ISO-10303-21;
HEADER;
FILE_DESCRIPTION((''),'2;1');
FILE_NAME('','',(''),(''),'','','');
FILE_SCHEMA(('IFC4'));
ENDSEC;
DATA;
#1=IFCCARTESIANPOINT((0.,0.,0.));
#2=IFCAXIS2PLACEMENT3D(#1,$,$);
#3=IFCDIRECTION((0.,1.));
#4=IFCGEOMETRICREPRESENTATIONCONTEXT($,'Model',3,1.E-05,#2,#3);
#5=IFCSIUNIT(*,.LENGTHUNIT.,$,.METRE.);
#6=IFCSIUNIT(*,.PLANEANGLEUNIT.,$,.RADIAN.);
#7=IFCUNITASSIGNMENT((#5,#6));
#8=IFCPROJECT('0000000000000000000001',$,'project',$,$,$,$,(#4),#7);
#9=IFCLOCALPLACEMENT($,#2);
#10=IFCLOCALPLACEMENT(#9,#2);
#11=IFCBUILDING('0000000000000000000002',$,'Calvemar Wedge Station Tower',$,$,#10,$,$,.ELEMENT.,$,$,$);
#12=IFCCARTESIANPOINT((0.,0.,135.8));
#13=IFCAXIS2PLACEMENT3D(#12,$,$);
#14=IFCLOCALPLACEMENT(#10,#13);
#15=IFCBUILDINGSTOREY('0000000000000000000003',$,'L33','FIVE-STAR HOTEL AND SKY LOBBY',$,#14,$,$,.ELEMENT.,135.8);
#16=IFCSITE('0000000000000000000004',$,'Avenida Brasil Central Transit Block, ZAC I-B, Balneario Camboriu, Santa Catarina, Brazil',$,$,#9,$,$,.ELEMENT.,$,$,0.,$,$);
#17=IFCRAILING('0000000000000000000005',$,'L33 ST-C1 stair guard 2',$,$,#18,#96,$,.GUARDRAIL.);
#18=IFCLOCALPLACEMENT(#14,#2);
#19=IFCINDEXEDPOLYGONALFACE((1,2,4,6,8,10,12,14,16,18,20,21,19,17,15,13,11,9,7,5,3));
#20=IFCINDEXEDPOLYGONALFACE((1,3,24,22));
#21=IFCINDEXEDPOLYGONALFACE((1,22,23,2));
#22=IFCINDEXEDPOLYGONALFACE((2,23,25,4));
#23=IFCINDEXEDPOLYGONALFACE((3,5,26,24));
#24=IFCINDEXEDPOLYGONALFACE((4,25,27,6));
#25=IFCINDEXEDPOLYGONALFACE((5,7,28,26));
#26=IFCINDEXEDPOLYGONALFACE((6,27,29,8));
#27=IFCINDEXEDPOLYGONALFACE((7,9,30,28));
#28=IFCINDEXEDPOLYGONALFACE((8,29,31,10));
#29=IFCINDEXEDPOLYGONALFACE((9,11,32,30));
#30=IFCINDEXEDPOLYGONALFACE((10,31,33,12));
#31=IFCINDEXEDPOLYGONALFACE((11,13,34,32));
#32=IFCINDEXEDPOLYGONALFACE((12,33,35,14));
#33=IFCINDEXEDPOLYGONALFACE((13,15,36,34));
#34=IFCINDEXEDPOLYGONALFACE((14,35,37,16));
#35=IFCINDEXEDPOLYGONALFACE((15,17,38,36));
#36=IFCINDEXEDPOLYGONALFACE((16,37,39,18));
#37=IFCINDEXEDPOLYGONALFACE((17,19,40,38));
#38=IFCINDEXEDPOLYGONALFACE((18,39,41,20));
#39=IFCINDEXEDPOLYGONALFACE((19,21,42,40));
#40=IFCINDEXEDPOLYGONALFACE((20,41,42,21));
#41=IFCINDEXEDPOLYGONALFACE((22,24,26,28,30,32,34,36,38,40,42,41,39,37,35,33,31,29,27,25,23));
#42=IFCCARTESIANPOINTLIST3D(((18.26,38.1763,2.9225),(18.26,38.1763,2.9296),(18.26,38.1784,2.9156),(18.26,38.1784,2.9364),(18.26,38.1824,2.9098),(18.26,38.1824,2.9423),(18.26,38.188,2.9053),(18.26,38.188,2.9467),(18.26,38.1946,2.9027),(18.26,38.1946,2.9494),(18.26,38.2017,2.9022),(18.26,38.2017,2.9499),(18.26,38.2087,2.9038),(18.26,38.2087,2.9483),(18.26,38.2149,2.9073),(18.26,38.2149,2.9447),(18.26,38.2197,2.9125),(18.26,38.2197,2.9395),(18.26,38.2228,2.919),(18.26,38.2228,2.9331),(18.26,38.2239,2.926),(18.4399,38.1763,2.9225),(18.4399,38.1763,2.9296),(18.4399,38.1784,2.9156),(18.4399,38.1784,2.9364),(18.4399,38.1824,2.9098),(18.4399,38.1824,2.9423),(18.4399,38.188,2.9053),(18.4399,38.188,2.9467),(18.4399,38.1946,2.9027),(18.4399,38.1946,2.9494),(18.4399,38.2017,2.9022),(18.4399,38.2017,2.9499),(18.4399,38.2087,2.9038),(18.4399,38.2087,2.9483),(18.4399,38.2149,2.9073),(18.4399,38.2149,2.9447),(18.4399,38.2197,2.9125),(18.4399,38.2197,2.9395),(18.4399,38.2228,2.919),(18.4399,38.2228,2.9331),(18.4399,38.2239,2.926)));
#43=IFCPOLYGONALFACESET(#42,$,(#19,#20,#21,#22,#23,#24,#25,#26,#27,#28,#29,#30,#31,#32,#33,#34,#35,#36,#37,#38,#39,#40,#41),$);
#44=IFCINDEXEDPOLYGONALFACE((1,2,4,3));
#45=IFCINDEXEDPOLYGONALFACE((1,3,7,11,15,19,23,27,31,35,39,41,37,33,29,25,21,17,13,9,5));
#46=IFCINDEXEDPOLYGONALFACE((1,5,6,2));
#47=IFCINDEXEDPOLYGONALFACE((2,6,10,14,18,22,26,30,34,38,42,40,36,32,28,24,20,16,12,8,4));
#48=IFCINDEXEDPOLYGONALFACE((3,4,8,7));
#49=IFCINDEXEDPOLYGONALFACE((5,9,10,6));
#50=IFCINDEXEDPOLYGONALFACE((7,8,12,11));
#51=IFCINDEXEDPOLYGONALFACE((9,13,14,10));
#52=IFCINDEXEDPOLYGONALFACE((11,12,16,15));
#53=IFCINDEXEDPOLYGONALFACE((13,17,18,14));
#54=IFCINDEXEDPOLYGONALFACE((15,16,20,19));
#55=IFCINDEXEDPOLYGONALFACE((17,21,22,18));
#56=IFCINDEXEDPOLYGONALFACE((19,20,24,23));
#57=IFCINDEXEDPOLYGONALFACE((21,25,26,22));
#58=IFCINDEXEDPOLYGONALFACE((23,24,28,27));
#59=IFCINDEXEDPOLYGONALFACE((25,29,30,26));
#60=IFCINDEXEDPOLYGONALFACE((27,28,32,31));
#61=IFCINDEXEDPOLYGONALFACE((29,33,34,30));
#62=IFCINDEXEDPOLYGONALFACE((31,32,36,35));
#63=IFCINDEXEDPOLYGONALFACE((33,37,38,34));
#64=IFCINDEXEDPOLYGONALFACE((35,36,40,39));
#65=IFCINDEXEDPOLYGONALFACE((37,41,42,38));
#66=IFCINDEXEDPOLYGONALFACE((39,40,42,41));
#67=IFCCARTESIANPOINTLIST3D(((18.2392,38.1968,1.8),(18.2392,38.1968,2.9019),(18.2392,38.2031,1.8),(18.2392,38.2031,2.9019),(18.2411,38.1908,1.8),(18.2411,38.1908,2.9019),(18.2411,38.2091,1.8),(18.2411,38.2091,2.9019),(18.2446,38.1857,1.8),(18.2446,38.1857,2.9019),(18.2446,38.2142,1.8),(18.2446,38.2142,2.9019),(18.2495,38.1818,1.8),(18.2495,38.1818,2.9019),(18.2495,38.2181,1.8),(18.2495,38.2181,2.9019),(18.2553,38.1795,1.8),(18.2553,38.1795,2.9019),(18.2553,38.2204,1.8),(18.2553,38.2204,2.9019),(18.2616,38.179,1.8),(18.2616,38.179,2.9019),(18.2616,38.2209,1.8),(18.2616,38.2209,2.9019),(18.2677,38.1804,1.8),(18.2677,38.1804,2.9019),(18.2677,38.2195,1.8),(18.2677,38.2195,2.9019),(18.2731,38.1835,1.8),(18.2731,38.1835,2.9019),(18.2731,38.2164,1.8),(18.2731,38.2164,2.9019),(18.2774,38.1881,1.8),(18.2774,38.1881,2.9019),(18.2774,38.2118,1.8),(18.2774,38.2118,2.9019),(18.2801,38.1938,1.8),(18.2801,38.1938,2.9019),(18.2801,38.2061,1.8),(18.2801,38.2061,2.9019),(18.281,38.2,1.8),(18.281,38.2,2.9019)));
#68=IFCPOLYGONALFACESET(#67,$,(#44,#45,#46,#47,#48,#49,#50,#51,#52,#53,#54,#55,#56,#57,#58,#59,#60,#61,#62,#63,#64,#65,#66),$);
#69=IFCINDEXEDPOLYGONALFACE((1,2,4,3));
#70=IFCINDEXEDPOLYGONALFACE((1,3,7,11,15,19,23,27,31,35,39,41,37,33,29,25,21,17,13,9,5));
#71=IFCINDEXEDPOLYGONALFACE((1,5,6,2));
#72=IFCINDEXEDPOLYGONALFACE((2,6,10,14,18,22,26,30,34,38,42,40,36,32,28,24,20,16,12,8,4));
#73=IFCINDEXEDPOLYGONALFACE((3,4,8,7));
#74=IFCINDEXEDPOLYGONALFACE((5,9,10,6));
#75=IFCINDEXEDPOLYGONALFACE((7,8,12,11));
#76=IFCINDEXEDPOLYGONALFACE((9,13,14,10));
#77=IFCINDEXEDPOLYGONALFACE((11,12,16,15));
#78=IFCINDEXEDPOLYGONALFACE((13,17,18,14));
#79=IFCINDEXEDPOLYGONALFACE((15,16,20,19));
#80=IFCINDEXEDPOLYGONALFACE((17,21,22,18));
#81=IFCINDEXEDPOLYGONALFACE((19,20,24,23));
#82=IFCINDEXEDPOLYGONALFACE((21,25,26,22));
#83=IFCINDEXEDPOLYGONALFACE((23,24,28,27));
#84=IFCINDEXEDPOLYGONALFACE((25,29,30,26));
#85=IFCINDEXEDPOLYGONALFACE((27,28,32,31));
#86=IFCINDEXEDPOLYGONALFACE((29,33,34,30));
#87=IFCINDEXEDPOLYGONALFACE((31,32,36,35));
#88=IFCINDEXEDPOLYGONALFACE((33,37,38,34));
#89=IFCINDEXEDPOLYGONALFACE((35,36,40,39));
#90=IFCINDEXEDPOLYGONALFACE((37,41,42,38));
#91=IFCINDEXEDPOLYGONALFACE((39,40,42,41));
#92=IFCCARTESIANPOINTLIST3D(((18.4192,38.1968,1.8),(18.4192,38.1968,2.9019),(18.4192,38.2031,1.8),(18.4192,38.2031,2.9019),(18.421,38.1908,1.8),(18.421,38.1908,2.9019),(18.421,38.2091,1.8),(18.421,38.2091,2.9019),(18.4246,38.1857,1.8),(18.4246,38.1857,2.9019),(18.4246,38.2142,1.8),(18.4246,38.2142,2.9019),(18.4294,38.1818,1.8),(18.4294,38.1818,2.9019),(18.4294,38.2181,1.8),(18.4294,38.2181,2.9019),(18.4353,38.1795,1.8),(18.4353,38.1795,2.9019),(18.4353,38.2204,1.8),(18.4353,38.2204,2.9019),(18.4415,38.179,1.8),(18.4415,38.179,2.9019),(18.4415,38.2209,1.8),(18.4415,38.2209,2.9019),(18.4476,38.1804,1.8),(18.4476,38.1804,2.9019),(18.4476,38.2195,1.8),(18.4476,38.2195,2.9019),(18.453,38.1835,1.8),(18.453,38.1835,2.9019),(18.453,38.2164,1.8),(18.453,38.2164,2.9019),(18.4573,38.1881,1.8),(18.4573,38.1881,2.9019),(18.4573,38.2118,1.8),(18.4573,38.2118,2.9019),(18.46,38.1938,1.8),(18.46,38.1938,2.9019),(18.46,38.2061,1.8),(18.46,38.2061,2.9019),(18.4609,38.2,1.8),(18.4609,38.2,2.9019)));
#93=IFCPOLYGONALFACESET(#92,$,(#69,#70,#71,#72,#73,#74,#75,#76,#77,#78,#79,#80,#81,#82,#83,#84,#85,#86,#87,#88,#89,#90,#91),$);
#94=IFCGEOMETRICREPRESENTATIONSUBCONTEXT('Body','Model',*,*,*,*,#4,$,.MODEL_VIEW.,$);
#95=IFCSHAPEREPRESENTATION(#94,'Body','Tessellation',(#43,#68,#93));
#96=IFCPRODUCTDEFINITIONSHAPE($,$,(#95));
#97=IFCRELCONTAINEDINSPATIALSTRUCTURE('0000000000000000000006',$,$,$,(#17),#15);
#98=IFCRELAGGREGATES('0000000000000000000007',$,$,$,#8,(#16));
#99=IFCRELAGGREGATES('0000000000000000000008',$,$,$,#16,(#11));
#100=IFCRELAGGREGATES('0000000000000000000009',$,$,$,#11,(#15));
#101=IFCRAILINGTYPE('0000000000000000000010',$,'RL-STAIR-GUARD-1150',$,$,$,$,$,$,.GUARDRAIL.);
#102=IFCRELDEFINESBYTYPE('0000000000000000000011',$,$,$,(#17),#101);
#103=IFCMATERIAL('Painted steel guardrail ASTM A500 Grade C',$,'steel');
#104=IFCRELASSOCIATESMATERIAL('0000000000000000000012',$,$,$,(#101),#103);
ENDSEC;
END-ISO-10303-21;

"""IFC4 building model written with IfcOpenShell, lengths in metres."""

from ifc_helpers import new_model, si_unit, direction, frame, origin, origin_2d, place, context, subcontext, project, spatial, circle, extrude, material, type_object, element, save


model = new_model("IFC4")

# Units and contexts
model_context = context("Model", 3, precision=1e-05, world=origin(), true_north=direction((0.0, 1.0)))
body_context = subcontext(model_context, "Body", "Model", "MODEL_VIEW")
ifc_project = project(units=[si_unit("LENGTHUNIT", "METRE"), si_unit("PLANEANGLEUNIT", "RADIAN")], contexts=[model_context])

# Site, building, storey
site_placement = place(None, origin())
site = spatial("IfcSite", under=ifc_project, at=site_placement, Name="Avenida Brasil Central Transit Block, ZAC I-B, Balneario Camboriu, Santa Catarina, Brazil", CompositionType="ELEMENT", RefElevation=0.0)
building_placement = place(site_placement, origin())
building = spatial("IfcBuilding", under=site, at=building_placement, Name="Calvemar Wedge Station Tower", CompositionType="ELEMENT")
storey_placement = place(building_placement, frame((0.0, 0.0, 135.8)))
storey = spatial("IfcBuildingStorey", under=building, at=storey_placement, Name="L33", Description="FIVE-STAR HOTEL AND SKY LOBBY", CompositionType="ELEMENT", Elevation=135.8)

# Railing
ifc_material_1 = material(Name="Painted steel guardrail ASTM A500 Grade C", Category="steel")
railing_type_1 = type_object("IfcRailingType", Name="RL-STAIR-GUARD-1150", PredefinedType="GUARDRAIL", material=ifc_material_1)
railing_1_placement = place(storey_placement, frame((18.26, 38.2, 1.8)))
element("IfcRailing", 1, at=railing_1_placement, inside=storey, type_object=railing_type_1, Name="L33 ST-C1 stair guard 2", PredefinedType="GUARDRAIL", context=body_context, shape_type="SweptSolid", body=[
    extrude(circle(Radius=0.0239, at=origin_2d()), frame((0.0, 0.0, 1.126), z_axis=(1.0, 0.0, 0.0), x_axis=(0.0, 1.0, 0.0)), (0.0, 0.0, 1.0), 0.1799),
    extrude(circle(Radius=0.021, at=origin_2d()), origin(), (0.0, 0.0, 1.0), 1.1018),
    extrude(circle(Radius=0.021, at=origin_2d()), frame((0.1799, 0.0, 0.0)), (0.0, 0.0, 1.0), 1.1018),
])

save(model, "model.ifc")
